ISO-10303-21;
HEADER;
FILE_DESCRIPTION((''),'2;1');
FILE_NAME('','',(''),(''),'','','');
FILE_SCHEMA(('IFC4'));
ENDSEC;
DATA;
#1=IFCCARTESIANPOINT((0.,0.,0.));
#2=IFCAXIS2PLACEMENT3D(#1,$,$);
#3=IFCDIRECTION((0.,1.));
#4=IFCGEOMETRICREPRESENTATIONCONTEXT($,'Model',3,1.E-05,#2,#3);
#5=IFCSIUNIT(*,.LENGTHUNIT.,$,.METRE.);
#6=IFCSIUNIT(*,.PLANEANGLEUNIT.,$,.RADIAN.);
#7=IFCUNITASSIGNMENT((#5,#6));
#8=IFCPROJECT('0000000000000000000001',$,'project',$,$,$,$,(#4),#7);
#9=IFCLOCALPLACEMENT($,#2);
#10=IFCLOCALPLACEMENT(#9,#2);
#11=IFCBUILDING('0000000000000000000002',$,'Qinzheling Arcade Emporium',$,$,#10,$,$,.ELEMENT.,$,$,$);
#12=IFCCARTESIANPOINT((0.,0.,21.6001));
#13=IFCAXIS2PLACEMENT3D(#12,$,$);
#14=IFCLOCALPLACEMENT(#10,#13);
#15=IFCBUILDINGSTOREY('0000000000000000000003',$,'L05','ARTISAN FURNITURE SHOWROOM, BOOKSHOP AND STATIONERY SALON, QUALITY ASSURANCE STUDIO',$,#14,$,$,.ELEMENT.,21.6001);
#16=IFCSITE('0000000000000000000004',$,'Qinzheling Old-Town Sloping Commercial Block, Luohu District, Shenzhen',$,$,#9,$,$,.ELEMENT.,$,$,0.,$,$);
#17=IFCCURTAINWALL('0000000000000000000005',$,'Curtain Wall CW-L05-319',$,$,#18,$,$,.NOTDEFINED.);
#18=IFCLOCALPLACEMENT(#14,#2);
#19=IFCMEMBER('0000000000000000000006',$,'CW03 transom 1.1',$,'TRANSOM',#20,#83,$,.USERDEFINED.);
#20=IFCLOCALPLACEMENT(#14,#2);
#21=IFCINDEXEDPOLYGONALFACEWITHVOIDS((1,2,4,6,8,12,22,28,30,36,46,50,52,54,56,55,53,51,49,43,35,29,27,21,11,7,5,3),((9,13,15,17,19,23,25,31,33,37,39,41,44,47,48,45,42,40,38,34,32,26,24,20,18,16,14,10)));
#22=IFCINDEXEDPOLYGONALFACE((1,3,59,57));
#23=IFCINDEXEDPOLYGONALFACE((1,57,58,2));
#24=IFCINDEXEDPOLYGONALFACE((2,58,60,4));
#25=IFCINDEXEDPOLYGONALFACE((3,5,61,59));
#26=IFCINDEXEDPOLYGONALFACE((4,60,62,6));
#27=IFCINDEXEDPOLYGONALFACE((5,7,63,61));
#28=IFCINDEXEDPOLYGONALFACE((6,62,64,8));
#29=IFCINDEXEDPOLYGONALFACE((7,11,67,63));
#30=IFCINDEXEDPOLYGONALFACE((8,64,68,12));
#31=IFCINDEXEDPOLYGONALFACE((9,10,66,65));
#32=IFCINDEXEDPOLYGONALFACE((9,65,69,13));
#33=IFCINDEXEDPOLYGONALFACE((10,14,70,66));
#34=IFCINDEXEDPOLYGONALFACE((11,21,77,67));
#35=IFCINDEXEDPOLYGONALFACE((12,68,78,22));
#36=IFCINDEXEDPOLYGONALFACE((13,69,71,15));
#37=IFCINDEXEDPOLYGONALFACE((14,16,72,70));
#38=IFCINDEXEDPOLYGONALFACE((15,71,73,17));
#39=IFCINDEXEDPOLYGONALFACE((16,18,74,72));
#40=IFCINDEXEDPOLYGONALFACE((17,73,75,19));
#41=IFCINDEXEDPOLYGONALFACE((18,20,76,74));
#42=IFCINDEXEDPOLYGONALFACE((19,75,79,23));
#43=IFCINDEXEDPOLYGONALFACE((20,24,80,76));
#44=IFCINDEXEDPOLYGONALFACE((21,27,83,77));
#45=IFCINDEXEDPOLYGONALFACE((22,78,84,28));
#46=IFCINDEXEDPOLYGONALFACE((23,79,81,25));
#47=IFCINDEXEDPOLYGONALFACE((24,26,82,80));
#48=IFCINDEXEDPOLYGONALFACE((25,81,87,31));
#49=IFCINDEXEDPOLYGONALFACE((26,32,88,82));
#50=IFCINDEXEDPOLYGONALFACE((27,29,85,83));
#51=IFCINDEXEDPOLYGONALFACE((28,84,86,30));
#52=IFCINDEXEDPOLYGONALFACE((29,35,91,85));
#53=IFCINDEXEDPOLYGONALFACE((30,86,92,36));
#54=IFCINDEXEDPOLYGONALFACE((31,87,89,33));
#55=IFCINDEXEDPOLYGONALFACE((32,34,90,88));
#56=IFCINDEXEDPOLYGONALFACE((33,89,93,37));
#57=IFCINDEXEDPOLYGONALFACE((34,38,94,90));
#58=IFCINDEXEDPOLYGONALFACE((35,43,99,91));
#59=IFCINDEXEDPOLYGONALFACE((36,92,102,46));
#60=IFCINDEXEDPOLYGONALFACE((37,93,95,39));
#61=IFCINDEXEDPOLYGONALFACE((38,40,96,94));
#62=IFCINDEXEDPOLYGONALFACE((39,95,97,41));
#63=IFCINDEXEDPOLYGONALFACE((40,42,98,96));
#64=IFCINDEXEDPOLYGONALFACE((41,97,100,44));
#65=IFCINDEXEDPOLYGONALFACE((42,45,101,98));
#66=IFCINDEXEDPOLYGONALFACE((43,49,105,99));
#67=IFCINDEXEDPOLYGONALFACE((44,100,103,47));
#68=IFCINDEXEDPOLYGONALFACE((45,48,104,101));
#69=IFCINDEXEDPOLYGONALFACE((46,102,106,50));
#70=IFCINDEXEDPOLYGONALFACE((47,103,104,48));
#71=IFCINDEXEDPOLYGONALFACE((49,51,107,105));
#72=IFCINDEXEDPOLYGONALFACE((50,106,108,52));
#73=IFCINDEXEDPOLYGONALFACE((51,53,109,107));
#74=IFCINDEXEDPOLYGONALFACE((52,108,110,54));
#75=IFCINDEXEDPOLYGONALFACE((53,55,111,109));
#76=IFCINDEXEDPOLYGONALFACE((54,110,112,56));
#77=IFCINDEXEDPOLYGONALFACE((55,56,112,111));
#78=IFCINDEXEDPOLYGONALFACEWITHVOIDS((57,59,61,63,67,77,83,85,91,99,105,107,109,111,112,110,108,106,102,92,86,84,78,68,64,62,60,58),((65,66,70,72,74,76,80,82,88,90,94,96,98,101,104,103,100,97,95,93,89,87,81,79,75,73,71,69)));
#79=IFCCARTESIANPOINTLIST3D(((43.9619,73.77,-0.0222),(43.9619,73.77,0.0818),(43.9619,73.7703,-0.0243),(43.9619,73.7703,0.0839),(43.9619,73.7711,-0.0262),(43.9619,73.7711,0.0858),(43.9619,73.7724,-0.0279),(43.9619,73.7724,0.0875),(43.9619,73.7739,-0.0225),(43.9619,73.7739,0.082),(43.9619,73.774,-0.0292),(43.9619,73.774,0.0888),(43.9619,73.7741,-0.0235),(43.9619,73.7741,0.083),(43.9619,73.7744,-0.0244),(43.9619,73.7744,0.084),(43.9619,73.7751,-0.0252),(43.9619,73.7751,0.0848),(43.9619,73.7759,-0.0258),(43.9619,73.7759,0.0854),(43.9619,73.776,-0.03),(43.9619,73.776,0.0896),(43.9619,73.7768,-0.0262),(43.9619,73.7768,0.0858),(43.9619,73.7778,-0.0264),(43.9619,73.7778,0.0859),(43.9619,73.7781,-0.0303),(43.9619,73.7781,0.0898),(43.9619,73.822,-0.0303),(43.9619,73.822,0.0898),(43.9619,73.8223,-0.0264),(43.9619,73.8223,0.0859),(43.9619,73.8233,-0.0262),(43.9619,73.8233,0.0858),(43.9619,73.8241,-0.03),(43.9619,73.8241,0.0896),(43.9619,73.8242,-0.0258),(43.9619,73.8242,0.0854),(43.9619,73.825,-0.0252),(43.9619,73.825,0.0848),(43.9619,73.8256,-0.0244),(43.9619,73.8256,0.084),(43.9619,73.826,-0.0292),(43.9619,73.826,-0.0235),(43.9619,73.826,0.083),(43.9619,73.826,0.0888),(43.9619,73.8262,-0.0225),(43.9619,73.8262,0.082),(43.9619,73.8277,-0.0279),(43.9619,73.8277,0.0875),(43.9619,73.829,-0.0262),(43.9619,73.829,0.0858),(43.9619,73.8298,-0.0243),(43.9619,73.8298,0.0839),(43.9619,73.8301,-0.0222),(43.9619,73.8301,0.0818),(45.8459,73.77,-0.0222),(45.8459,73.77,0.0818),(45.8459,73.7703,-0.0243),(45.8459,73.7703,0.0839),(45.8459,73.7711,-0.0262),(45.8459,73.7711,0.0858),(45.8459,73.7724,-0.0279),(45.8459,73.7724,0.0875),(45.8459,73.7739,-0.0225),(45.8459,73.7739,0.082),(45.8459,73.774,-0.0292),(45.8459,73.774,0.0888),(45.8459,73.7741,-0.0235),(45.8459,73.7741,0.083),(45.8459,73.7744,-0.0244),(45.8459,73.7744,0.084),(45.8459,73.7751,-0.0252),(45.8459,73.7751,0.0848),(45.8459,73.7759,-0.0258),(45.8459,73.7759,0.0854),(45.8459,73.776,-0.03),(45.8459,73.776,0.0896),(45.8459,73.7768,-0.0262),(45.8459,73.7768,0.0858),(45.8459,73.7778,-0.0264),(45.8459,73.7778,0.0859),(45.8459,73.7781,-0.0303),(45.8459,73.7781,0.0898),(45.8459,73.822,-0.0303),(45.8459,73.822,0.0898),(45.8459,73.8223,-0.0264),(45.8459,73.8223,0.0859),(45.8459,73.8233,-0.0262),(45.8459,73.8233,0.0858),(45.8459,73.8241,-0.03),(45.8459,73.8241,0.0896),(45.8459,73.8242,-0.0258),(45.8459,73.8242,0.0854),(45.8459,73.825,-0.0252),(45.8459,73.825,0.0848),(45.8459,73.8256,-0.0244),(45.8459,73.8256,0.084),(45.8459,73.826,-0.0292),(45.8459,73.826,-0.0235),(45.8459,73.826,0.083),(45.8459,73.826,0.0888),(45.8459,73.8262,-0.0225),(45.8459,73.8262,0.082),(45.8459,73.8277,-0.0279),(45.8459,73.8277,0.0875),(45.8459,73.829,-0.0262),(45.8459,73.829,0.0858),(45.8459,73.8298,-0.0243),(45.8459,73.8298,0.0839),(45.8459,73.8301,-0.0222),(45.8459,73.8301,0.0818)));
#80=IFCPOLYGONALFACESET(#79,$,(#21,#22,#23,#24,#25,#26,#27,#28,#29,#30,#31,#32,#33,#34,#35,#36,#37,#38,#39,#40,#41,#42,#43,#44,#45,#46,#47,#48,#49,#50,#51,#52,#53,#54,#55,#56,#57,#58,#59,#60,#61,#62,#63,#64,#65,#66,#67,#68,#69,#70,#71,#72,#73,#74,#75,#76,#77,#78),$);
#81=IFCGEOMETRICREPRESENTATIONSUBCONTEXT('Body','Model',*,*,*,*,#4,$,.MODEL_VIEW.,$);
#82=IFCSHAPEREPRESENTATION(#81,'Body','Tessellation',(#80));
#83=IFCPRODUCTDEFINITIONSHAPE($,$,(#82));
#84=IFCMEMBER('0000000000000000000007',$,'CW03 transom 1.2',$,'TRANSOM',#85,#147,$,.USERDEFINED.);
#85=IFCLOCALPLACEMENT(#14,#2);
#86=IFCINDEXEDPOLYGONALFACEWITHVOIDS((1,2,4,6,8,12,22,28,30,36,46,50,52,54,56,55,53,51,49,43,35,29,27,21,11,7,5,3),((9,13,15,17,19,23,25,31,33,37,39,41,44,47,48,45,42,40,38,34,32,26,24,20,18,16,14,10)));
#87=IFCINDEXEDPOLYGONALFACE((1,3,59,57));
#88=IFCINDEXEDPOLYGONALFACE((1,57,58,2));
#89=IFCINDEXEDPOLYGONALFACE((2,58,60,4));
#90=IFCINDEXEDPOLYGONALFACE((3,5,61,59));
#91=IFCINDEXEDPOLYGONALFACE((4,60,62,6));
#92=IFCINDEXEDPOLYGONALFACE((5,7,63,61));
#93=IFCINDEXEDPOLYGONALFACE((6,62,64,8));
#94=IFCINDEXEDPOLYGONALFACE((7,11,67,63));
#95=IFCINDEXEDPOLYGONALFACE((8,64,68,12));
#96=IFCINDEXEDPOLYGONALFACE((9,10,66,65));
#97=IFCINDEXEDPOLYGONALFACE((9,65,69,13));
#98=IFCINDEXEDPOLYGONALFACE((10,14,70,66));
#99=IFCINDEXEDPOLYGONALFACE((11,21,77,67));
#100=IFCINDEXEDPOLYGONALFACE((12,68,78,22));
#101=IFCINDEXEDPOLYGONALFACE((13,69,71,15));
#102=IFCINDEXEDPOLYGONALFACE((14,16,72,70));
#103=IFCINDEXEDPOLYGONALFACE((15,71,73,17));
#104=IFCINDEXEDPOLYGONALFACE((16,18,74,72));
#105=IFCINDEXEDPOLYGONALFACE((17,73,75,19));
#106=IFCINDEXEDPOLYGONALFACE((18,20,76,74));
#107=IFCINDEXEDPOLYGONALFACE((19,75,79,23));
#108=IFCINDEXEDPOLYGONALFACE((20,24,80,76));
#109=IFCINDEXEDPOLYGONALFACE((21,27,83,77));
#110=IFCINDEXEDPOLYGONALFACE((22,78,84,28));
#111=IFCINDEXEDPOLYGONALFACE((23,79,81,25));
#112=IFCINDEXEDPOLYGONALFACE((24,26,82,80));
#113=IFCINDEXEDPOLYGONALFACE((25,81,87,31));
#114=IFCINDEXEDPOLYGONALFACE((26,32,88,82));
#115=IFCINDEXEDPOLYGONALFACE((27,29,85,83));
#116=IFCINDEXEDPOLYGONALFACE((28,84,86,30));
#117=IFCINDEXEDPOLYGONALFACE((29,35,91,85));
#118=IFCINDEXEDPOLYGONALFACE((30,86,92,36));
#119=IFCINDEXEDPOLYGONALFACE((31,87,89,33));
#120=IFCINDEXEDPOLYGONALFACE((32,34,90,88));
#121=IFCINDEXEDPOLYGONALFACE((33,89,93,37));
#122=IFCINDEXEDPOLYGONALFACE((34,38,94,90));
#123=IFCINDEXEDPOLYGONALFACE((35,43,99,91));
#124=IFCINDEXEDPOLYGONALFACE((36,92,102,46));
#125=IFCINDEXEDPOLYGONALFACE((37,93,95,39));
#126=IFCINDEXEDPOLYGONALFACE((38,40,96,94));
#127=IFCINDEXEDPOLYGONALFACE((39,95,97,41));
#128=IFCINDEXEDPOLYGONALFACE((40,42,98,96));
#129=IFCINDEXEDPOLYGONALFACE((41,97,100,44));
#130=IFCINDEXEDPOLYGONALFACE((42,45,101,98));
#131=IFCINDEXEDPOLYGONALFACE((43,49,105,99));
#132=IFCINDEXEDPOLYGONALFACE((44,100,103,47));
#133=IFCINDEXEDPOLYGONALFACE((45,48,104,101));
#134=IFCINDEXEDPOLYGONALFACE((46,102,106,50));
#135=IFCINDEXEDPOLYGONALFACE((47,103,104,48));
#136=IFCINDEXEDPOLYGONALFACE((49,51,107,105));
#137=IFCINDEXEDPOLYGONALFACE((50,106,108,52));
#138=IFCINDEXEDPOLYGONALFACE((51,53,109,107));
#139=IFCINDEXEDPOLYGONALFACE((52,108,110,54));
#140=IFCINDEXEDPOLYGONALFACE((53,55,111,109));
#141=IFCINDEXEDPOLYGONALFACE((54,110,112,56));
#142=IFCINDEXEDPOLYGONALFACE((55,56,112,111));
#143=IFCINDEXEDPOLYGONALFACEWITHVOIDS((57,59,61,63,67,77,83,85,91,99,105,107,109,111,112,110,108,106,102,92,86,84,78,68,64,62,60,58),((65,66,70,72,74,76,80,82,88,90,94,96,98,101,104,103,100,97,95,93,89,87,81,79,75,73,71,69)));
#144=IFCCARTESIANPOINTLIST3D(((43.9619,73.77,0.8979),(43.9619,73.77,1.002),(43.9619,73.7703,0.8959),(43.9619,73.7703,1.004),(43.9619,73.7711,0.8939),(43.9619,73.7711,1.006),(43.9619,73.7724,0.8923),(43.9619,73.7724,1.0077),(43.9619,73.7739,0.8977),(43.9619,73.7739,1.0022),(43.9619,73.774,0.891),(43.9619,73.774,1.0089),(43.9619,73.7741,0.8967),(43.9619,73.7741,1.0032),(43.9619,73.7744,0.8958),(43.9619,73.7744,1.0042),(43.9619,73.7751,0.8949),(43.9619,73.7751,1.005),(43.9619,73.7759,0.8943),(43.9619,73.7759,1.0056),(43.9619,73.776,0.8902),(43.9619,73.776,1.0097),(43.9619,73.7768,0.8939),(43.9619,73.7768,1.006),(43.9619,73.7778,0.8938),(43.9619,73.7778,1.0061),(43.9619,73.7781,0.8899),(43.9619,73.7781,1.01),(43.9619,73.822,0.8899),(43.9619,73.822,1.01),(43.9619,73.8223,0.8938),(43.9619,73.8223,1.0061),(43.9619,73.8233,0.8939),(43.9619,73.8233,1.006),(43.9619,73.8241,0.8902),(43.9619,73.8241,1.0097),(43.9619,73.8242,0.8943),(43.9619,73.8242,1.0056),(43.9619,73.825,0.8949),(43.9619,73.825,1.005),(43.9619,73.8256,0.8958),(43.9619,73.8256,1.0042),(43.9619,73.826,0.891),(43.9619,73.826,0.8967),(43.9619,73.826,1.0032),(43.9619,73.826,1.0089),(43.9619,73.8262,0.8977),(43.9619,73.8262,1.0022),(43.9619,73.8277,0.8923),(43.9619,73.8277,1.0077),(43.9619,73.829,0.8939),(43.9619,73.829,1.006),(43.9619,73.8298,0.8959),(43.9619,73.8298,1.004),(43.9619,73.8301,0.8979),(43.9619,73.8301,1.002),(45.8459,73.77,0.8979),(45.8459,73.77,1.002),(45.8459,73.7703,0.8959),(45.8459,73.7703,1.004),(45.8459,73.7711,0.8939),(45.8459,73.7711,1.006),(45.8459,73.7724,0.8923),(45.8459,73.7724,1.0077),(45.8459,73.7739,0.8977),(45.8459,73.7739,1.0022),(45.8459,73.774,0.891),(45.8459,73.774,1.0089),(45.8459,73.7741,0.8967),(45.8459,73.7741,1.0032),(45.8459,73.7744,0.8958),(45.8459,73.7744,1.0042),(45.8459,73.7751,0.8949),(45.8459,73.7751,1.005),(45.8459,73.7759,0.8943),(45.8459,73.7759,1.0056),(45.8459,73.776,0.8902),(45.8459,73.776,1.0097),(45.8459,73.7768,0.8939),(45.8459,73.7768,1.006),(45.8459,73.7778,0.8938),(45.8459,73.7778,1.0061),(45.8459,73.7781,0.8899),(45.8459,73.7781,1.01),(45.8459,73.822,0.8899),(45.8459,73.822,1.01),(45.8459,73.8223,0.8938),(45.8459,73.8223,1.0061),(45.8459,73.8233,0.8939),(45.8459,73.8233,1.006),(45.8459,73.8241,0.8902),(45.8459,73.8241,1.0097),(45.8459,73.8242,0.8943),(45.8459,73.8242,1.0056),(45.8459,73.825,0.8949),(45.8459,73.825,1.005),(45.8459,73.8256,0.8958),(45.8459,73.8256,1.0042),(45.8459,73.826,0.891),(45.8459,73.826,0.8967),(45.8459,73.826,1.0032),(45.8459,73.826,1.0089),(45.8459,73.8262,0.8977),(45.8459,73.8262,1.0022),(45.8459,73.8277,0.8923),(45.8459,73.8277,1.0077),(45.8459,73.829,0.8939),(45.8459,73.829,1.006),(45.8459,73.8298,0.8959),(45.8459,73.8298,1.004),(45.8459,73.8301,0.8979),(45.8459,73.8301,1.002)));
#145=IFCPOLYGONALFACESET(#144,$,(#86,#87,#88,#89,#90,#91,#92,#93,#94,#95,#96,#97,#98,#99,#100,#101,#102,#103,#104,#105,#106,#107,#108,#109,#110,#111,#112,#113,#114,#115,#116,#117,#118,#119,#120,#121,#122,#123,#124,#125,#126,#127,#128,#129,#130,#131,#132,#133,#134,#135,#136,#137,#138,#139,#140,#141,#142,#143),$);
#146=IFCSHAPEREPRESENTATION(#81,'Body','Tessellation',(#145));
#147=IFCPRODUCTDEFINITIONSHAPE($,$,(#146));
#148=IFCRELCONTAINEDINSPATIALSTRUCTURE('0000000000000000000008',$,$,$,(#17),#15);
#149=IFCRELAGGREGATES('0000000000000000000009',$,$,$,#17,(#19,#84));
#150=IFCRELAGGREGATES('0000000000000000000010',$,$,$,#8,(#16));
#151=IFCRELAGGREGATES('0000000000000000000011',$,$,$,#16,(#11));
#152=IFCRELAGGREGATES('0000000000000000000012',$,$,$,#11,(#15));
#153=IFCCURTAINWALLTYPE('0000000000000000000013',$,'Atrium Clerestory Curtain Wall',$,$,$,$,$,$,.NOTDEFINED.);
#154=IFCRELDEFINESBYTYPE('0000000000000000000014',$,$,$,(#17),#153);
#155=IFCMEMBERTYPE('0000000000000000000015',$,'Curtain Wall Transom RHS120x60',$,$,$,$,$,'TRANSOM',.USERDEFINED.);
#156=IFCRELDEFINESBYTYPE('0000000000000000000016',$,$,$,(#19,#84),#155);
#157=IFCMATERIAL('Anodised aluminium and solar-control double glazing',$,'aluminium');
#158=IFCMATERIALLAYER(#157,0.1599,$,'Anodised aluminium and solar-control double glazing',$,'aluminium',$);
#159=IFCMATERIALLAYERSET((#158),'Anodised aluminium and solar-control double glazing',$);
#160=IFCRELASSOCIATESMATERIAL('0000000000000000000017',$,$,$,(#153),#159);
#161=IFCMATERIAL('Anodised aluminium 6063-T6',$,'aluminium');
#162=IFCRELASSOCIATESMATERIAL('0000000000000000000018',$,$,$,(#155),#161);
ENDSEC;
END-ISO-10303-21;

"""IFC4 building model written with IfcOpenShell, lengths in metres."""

from ifc_helpers import new_model, si_unit, direction, frame, origin, origin_2d, place, context, subcontext, project, spatial, hollow_rectangle, extrude, material, layer, layer_set, material_profile, profile_set, type_object, element, aggregate, save


model = new_model("IFC4")

# Units and contexts
model_context = context("Model", 3, precision=1e-05, world=origin(), true_north=direction((0.0, 1.0)))
body_context = subcontext(model_context, "Body", "Model", "MODEL_VIEW")
ifc_project = project(units=[si_unit("LENGTHUNIT", "METRE"), si_unit("PLANEANGLEUNIT", "RADIAN")], contexts=[model_context])

# Site, building, storey
site_placement = place(None, origin())
site = spatial("IfcSite", under=ifc_project, at=site_placement, Name="Qinzheling Old-Town Sloping Commercial Block, Luohu District, Shenzhen", CompositionType="ELEMENT", RefElevation=0.0)
building_placement = place(site_placement, origin())
building = spatial("IfcBuilding", under=site, at=building_placement, Name="Qinzheling Arcade Emporium", CompositionType="ELEMENT")
storey_placement = place(building_placement, frame((0.0, 0.0, 21.6001)))
storey = spatial("IfcBuildingStorey", under=building, at=storey_placement, Name="L05", Description="ARTISAN FURNITURE SHOWROOM, BOOKSHOP AND STATIONERY SALON, QUALITY ASSURANCE STUDIO", CompositionType="ELEMENT", Elevation=21.6001)

# Curtain wall, members
ifc_material_1 = material(Name="Anodised aluminium and solar-control double glazing", Category="aluminium")
ifc_layer_1 = layer(ifc_material_1, 0.1599, Name="Anodised aluminium and solar-control double glazing", Category="aluminium")
ifc_layer_set_1 = layer_set([ifc_layer_1], Name="Anodised aluminium and solar-control double glazing")
curtain_wall_type = type_object("IfcCurtainWallType", Name="Atrium Clerestory Curtain Wall", PredefinedType="NOTDEFINED", material=ifc_layer_set_1)
curtain_wall_placement = place(storey_placement, origin())
curtain_wall = element("IfcCurtainWall", 1, at=curtain_wall_placement, inside=storey, type_object=curtain_wall_type, Name="Curtain Wall CW-L05-319", PredefinedType="NOTDEFINED")
ifc_material_2 = material(Name="Anodised aluminium 6063-T6", Category="aluminium")
ifc_material_profile_1 = material_profile(ifc_material_2, hollow_rectangle(XDim=0.0601, YDim=0.1201, WallThickness=0.0039, InnerFilletRadius=0.0039, OuterFilletRadius=0.0081, at=origin_2d()), Name="RHS 120x60x4", Category="aluminium")
ifc_profile_set_1 = profile_set([ifc_material_profile_1], Name="Anodised aluminium 6063-T6")
member_type_1 = type_object("IfcMemberType", Name="Curtain Wall Transom RHS120x60", ElementType="TRANSOM", PredefinedType="USERDEFINED", material=ifc_profile_set_1)
member_1_placement = place(storey_placement, frame((43.9619, 73.8, 0.0298), z_axis=(1.0, 0.0, 0.0), x_axis=(0.0, 1.0, 0.0)))
member_1 = element("IfcMember", 2, at=member_1_placement, type_object=member_type_1, Name="CW03 transom 1.1", ObjectType="TRANSOM", PredefinedType="USERDEFINED", context=body_context, shape_type="SweptSolid", body=[
    extrude(hollow_rectangle(XDim=0.0601, YDim=0.1201, WallThickness=0.0039, InnerFilletRadius=0.0039, OuterFilletRadius=0.0081, at=origin_2d()), origin(), (0.0, 0.0, 1.0), 1.884),
])
member_2_placement = place(storey_placement, frame((43.9619, 73.8, 0.95), z_axis=(1.0, 0.0, 0.0), x_axis=(0.0, 1.0, 0.0)))
member_2 = element("IfcMember", 3, at=member_2_placement, type_object=member_type_1, Name="CW03 transom 1.2", ObjectType="TRANSOM", PredefinedType="USERDEFINED", context=body_context, shape_type="SweptSolid", body=[
    extrude(hollow_rectangle(XDim=0.0601, YDim=0.1201, WallThickness=0.0039, InnerFilletRadius=0.0039, OuterFilletRadius=0.0081, at=origin_2d()), origin(), (0.0, 0.0, 1.0), 1.884),
])

aggregate(curtain_wall, [member_1, member_2])

save(model, "model.ifc")
